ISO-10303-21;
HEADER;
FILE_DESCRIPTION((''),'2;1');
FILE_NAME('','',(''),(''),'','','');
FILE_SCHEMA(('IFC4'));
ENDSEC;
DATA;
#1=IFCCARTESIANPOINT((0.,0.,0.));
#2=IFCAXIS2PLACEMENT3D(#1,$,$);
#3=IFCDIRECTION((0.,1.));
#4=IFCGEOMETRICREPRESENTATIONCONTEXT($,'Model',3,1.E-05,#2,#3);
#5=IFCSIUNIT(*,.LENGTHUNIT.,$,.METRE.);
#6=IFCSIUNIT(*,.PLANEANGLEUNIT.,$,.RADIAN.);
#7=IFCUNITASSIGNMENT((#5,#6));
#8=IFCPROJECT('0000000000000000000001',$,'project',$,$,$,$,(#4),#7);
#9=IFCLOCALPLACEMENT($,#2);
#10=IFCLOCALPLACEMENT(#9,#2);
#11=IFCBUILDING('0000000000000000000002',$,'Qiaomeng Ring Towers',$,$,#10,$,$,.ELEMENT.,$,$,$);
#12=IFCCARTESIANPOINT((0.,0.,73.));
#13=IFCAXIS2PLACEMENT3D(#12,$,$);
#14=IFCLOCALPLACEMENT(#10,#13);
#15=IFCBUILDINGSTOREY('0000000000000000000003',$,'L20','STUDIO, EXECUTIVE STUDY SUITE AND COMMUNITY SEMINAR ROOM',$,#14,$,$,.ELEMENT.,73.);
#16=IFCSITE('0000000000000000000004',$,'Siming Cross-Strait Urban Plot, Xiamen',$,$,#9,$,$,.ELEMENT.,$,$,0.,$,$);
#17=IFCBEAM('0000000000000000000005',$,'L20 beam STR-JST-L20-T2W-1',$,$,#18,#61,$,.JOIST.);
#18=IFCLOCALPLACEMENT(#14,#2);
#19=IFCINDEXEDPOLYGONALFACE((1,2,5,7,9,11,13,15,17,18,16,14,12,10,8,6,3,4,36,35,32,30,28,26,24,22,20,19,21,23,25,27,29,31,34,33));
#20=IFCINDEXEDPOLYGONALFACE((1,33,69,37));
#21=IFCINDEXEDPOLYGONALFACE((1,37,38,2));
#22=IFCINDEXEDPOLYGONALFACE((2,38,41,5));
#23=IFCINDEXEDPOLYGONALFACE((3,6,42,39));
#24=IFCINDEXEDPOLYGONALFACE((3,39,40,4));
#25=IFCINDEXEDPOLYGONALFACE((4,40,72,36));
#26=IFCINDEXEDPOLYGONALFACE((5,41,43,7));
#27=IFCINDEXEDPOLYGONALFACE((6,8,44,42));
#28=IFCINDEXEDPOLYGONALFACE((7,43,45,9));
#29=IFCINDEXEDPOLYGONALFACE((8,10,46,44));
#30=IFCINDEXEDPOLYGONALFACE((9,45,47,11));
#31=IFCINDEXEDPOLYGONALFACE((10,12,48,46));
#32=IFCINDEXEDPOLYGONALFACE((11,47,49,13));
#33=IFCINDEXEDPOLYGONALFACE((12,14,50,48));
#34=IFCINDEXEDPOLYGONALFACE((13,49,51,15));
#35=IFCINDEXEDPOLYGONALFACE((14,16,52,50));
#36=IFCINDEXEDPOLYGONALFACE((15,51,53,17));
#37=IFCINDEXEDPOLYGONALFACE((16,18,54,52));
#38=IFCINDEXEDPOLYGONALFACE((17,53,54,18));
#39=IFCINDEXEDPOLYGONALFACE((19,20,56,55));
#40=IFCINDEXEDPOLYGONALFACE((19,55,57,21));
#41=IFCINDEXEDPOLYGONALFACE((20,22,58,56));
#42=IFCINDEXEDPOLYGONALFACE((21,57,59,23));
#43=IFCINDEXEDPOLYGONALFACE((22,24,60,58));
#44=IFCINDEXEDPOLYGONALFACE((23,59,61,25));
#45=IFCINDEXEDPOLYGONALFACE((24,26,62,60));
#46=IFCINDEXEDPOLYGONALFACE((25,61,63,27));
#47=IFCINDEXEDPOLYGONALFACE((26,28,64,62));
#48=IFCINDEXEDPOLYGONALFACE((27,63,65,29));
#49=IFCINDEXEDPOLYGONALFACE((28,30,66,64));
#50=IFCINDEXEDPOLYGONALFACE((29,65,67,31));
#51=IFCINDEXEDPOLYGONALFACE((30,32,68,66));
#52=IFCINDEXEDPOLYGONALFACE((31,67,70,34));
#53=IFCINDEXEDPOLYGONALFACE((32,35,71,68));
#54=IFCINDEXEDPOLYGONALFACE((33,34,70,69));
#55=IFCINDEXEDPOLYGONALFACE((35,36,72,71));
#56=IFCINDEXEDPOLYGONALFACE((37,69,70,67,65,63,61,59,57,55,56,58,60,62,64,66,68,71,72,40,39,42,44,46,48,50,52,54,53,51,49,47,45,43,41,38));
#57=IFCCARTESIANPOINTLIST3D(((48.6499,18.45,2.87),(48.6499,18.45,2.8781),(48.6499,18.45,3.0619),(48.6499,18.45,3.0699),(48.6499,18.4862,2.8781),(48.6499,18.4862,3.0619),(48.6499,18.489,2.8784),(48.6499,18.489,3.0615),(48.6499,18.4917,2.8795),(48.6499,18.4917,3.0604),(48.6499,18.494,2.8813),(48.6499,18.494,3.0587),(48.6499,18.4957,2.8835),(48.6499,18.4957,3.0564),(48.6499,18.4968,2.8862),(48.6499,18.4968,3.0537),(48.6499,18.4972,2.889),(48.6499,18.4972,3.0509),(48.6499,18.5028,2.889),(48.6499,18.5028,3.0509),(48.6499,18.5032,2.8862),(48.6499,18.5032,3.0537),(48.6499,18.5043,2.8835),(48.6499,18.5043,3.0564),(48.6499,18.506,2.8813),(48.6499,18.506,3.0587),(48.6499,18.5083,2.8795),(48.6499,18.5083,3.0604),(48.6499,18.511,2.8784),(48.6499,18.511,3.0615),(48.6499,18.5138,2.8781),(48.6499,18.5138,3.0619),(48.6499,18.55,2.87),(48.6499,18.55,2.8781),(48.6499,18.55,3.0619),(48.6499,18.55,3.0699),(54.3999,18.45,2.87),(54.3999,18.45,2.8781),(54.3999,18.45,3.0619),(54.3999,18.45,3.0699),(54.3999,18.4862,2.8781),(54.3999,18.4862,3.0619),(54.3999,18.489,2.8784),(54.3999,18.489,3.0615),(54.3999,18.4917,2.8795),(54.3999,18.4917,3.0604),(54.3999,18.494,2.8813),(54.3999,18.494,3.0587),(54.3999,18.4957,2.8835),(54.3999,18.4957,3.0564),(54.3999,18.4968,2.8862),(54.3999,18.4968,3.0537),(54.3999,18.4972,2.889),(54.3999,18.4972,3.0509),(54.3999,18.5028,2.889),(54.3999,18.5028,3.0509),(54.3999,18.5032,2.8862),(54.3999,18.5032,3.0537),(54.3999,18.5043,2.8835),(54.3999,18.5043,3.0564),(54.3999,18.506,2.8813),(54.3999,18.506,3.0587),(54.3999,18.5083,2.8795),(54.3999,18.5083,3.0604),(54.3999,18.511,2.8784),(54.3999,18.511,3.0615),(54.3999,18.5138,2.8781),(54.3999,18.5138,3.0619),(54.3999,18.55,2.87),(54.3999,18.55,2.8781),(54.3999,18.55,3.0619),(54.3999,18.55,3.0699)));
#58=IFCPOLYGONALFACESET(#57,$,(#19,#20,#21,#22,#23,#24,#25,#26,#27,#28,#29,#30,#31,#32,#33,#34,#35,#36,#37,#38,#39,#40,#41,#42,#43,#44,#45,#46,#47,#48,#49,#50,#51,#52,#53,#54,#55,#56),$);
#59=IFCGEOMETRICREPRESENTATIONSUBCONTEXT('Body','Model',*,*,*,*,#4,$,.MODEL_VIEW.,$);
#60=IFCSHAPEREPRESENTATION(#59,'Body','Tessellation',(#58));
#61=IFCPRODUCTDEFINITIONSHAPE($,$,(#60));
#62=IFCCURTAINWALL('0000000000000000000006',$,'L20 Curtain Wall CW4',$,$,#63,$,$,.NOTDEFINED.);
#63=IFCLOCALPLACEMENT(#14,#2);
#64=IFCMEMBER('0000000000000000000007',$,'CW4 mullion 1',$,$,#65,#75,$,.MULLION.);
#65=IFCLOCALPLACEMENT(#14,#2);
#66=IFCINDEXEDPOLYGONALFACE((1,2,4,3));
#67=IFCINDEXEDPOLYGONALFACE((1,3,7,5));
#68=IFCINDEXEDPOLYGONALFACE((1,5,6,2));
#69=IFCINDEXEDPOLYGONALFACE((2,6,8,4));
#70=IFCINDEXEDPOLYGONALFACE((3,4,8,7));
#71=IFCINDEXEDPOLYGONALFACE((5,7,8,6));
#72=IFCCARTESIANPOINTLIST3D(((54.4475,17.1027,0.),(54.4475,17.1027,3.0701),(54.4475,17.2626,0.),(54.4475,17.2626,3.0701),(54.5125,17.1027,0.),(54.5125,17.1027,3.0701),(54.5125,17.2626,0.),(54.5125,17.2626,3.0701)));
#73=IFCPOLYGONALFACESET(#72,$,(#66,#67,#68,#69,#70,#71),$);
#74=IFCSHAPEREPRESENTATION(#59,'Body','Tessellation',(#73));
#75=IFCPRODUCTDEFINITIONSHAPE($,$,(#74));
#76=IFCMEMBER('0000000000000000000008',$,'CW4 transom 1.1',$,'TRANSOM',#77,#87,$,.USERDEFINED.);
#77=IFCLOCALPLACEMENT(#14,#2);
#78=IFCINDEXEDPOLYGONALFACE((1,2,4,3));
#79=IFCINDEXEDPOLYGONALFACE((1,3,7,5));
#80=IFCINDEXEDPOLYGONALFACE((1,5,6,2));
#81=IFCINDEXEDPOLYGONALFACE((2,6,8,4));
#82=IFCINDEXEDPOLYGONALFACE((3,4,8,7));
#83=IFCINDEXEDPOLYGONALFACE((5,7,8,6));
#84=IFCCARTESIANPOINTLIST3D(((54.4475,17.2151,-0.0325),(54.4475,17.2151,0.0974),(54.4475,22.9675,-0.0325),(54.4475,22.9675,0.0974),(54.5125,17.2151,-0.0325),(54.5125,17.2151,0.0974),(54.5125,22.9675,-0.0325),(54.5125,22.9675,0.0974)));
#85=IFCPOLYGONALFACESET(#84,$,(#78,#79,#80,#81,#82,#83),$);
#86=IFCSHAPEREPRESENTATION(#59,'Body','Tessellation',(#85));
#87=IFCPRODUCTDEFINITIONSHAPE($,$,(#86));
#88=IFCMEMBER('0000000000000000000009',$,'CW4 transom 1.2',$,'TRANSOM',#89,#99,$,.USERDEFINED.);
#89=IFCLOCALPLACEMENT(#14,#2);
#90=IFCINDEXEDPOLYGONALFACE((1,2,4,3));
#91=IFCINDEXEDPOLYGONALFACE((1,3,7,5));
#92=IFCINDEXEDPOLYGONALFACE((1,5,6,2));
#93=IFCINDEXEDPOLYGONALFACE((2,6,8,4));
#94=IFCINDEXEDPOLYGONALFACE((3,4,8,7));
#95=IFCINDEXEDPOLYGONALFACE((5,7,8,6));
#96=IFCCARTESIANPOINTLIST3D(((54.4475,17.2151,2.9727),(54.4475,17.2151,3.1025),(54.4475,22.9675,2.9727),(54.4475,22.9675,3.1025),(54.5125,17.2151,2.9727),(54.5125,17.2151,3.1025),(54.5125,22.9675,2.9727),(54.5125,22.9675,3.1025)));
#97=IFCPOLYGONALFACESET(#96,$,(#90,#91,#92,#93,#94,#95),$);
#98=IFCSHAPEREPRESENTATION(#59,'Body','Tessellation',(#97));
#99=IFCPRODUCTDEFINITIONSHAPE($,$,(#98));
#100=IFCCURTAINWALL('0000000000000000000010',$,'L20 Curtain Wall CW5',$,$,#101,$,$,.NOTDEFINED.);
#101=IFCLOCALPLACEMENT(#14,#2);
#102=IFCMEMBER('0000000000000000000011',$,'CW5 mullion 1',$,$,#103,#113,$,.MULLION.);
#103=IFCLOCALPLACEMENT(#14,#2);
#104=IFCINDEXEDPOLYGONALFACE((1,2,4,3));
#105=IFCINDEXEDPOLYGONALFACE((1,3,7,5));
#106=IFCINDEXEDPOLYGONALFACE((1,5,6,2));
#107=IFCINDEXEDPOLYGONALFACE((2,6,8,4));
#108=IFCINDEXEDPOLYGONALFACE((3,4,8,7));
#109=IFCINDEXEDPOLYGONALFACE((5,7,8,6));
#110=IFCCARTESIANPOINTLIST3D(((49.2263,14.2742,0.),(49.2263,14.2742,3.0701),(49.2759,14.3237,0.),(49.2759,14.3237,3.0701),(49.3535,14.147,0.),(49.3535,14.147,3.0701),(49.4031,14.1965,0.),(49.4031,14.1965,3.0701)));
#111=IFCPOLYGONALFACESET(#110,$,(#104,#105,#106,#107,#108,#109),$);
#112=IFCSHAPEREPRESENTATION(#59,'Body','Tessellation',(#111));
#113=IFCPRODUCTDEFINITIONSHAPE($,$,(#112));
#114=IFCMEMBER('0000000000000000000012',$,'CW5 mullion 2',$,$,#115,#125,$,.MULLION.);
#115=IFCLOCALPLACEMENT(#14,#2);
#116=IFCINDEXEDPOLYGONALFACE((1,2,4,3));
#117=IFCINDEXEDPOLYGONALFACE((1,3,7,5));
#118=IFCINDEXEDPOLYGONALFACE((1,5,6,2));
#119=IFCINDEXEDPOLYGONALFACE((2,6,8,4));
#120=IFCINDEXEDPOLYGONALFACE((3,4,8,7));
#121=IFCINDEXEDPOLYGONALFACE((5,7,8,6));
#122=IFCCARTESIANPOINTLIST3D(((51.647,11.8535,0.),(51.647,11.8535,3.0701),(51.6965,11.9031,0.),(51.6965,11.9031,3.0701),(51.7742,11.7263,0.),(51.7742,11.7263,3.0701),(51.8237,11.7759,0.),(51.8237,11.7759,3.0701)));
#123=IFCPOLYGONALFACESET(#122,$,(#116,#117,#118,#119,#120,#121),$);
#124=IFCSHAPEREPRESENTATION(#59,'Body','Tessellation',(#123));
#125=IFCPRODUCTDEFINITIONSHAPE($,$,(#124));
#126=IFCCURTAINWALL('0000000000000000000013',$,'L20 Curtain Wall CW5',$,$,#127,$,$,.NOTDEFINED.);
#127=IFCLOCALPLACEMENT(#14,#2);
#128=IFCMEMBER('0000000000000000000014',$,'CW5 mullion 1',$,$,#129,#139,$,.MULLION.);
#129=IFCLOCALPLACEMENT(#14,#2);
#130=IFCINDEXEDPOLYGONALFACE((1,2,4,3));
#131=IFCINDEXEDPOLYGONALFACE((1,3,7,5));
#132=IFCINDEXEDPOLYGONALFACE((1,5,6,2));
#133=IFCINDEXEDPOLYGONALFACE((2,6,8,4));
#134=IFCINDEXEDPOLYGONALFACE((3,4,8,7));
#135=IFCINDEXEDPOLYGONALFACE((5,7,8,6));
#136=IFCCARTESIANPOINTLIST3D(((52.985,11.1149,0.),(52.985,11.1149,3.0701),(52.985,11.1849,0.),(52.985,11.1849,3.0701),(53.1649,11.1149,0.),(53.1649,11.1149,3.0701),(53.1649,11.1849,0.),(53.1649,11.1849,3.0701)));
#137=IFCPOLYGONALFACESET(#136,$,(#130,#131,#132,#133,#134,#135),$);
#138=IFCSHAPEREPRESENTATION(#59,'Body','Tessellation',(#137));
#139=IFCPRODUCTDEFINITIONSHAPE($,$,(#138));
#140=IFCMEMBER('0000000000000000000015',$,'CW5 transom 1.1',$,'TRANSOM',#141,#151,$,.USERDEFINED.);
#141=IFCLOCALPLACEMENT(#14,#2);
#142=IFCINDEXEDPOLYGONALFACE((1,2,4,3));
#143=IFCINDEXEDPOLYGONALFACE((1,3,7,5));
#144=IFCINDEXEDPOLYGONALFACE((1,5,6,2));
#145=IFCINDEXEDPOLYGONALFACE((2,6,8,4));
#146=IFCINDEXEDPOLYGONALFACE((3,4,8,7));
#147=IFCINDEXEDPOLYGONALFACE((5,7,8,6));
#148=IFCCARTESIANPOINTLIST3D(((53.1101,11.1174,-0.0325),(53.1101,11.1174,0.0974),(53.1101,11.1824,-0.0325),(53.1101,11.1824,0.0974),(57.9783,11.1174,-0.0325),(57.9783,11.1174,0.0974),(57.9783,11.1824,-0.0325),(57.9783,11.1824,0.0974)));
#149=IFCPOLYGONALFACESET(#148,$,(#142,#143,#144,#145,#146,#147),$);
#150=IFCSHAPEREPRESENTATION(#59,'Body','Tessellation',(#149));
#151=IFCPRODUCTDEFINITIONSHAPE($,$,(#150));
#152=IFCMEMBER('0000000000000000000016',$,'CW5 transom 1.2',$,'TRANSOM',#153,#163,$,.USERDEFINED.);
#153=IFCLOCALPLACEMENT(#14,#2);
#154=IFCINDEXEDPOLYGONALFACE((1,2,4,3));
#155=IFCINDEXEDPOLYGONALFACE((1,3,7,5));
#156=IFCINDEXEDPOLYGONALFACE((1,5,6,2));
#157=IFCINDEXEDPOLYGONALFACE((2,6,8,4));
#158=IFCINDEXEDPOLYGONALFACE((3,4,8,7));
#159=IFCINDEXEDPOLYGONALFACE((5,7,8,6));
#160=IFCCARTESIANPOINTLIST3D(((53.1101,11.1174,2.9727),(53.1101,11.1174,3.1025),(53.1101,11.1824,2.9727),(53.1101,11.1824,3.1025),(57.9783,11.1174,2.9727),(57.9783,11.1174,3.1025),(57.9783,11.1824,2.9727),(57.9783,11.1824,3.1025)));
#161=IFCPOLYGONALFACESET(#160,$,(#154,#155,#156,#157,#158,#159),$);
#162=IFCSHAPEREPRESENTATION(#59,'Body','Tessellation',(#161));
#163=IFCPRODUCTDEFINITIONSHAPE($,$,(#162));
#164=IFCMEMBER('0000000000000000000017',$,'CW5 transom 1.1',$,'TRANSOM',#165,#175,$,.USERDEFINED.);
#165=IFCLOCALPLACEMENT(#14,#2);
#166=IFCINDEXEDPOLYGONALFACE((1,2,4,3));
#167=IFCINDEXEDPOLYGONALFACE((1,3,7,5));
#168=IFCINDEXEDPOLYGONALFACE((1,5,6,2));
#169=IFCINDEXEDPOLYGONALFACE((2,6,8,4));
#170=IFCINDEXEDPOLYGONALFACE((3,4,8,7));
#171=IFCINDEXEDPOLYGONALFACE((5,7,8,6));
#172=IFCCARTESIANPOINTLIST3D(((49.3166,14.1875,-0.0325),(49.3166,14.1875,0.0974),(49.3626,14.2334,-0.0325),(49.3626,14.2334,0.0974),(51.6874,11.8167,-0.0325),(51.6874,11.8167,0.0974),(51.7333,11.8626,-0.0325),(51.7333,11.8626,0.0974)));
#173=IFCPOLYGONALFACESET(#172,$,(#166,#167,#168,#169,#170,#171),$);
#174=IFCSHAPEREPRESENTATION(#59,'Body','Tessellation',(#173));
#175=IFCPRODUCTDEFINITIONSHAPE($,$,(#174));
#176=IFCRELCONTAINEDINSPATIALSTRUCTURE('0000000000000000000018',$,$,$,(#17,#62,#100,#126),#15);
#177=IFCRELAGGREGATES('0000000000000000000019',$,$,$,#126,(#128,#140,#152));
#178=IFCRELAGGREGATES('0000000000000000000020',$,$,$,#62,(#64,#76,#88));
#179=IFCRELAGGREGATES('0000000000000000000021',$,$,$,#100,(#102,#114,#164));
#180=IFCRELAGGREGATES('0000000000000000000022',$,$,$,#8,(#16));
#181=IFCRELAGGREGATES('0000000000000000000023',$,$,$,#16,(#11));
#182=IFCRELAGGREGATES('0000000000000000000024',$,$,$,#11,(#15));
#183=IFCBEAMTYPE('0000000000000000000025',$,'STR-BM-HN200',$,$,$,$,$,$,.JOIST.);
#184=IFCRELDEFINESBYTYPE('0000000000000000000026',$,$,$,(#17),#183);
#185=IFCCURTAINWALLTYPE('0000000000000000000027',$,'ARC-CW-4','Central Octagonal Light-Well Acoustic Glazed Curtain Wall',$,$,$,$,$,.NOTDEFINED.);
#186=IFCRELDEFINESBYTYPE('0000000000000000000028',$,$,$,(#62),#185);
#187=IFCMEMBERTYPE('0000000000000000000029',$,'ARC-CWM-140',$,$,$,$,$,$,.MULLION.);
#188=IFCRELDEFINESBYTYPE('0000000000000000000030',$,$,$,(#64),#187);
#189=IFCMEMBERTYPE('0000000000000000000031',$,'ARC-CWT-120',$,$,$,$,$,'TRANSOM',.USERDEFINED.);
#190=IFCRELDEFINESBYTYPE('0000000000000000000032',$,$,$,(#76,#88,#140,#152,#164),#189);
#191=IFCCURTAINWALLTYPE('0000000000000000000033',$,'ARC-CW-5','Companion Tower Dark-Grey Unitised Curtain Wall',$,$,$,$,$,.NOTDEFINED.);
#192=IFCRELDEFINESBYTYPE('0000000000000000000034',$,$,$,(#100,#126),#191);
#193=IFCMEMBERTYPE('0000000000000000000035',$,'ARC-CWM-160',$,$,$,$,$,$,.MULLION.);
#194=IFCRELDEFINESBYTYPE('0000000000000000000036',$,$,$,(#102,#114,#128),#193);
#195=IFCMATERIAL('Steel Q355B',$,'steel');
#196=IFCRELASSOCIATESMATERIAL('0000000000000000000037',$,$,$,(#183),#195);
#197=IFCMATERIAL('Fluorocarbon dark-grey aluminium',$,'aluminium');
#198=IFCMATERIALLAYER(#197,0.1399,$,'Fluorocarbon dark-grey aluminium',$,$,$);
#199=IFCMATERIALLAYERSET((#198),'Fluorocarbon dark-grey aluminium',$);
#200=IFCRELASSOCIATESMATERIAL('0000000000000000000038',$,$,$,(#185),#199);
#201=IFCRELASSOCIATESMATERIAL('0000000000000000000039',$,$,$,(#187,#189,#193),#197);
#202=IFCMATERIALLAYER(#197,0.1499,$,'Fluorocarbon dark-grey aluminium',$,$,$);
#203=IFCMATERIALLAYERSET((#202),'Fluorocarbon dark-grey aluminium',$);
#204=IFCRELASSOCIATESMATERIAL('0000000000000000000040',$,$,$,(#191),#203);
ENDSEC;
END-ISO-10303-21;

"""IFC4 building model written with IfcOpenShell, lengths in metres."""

from ifc_helpers import new_model, si_unit, direction, frame, origin, origin_2d, place, context, subcontext, project, spatial, rectangle, i_section, extrude, source, transform, mapped, material, layer, layer_set, material_profile, profile_set, type_object, element, aggregate, save


model = new_model("IFC4")

# Units and contexts
model_context = context("Model", 3, precision=1e-05, world=origin(), true_north=direction((0.0, 1.0)))
body_context = subcontext(model_context, "Body", "Model", "MODEL_VIEW")
ifc_project = project(units=[si_unit("LENGTHUNIT", "METRE"), si_unit("PLANEANGLEUNIT", "RADIAN")], contexts=[model_context])

# Site, building, storey
site_placement = place(None, origin())
site = spatial("IfcSite", under=ifc_project, at=site_placement, Name="Siming Cross-Strait Urban Plot, Xiamen", CompositionType="ELEMENT", RefElevation=0.0)
building_placement = place(site_placement, origin())
building = spatial("IfcBuilding", under=site, at=building_placement, Name="Qiaomeng Ring Towers", CompositionType="ELEMENT")
storey_placement = place(building_placement, frame((0.0, 0.0, 73.0)))
storey = spatial("IfcBuildingStorey", under=building, at=storey_placement, Name="L20", Description="STUDIO, EXECUTIVE STUDY SUITE AND COMMUNITY SEMINAR ROOM", CompositionType="ELEMENT", Elevation=73.0)

# Beam
ifc_material_1 = material(Name="Steel Q355B", Category="steel")
ifc_material_profile_1 = material_profile(ifc_material_1, i_section(OverallWidth=0.1001, OverallDepth=0.2, WebThickness=0.0056, FlangeThickness=0.0081, FilletRadius=0.011, at=origin_2d()), Name="HN 200x100x5.5x8")
ifc_profile_set_1 = profile_set([ifc_material_profile_1], Name="Steel Q355B")
beam_type_1 = type_object("IfcBeamType", Name="STR-BM-HN200", PredefinedType="JOIST", material=ifc_profile_set_1)
shared_shape_1 = source(origin(), body_context, "Body", "SweptSolid", [
    extrude(i_section(OverallWidth=0.1001, OverallDepth=0.2, WebThickness=0.0056, FlangeThickness=0.0081, FilletRadius=0.011, at=origin_2d()), origin(), (0.0, 0.0, 1.0), 5.75),
])
beam_1_placement = place(storey_placement, frame((48.6499, 18.5, 2.97), z_axis=(1.0, 0.0, 0.0), x_axis=(0.0, 1.0, 0.0)))
element("IfcBeam", 1, at=beam_1_placement, inside=storey, type_object=beam_type_1, Name="L20 beam STR-JST-L20-T2W-1", PredefinedType="JOIST", context=body_context, shape_type="MappedRepresentation", body=[
    mapped(shared_shape_1, transform((0.0, 0.0, 0.0), x_axis=(1.0, 0.0, 0.0), y_axis=(0.0, 1.0, 0.0), z_axis=(0.0, 0.0, 1.0), scale=1.0)),
])

# Curtain walls, members
ifc_material_2 = material(Name="Fluorocarbon dark-grey aluminium", Category="aluminium")
ifc_layer_1 = layer(ifc_material_2, 0.1399, Name="Fluorocarbon dark-grey aluminium")
ifc_layer_set_1 = layer_set([ifc_layer_1], Name="Fluorocarbon dark-grey aluminium")
curtain_wall_type_1 = type_object("IfcCurtainWallType", Name="ARC-CW-4", Description="Central Octagonal Light-Well Acoustic Glazed Curtain Wall", PredefinedType="NOTDEFINED", material=ifc_layer_set_1)
curtain_wall_1_placement = place(storey_placement, origin())
curtain_wall_1 = element("IfcCurtainWall", 2, at=curtain_wall_1_placement, inside=storey, type_object=curtain_wall_type_1, Name="L20 Curtain Wall CW4", PredefinedType="NOTDEFINED")
ifc_material_profile_2 = material_profile(ifc_material_2, rectangle(XDim=0.0649, YDim=0.1599, at=origin_2d()), Name="ALU MULL 65x160")
ifc_profile_set_2 = profile_set([ifc_material_profile_2], Name="Fluorocarbon dark-grey aluminium")
member_type_1 = type_object("IfcMemberType", Name="ARC-CWM-140", PredefinedType="MULLION", material=ifc_profile_set_2)
shared_shape_2 = source(origin(), body_context, "Body", "SweptSolid", [
    extrude(rectangle(XDim=0.0649, YDim=0.1599, at=origin_2d()), origin(), (0.0, 0.0, 1.0), 3.0701),
])
member_1_placement = place(storey_placement, frame((54.48, 17.1826, 0.0), z_axis=(0.0, 0.0, 1.0), x_axis=(-1.0, 0.0, 0.0)))
member_1 = element("IfcMember", 3, at=member_1_placement, type_object=member_type_1, Name="CW4 mullion 1", PredefinedType="MULLION", context=body_context, shape_type="MappedRepresentation", body=[
    mapped(shared_shape_2, transform((0.0, 0.0, 0.0), x_axis=(1.0, 0.0, 0.0), y_axis=(0.0, 1.0, 0.0), z_axis=(0.0, 0.0, 1.0), scale=1.0)),
])
ifc_material_profile_3 = material_profile(ifc_material_2, rectangle(XDim=0.0649, YDim=0.1299, at=origin_2d()), Name="ALU TRAN 65x130")
ifc_profile_set_3 = profile_set([ifc_material_profile_3], Name="Fluorocarbon dark-grey aluminium")
member_type_2 = type_object("IfcMemberType", Name="ARC-CWT-120", ElementType="TRANSOM", PredefinedType="USERDEFINED", material=ifc_profile_set_3)
shared_shape_3 = source(origin(), body_context, "Body", "SweptSolid", [
    extrude(rectangle(XDim=0.0649, YDim=0.1299, at=origin_2d()), origin(), (0.0, 0.0, 1.0), 5.7524),
])
member_2_placement = place(storey_placement, frame((54.48, 17.2151, 0.0325), z_axis=(0.0, 1.0, 0.0), x_axis=(-1.0, 0.0, 0.0)))
member_2 = element("IfcMember", 4, at=member_2_placement, type_object=member_type_2, Name="CW4 transom 1.1", ObjectType="TRANSOM", PredefinedType="USERDEFINED", context=body_context, shape_type="MappedRepresentation", body=[
    mapped(shared_shape_3, transform((0.0, 0.0, 0.0), x_axis=(1.0, 0.0, 0.0), y_axis=(0.0, 1.0, 0.0), z_axis=(0.0, 0.0, 1.0), scale=1.0)),
])
member_3_placement = place(storey_placement, frame((54.48, 17.2151, 3.0376), z_axis=(0.0, 1.0, 0.0), x_axis=(-1.0, 0.0, 0.0)))
member_3 = element("IfcMember", 5, at=member_3_placement, type_object=member_type_2, Name="CW4 transom 1.2", ObjectType="TRANSOM", PredefinedType="USERDEFINED", context=body_context, shape_type="MappedRepresentation", body=[
    mapped(shared_shape_3, transform((0.0, 0.0, 0.0), x_axis=(1.0, 0.0, 0.0), y_axis=(0.0, 1.0, 0.0), z_axis=(0.0, 0.0, 1.0), scale=1.0)),
])
ifc_layer_2 = layer(ifc_material_2, 0.1499, Name="Fluorocarbon dark-grey aluminium")
ifc_layer_set_2 = layer_set([ifc_layer_2], Name="Fluorocarbon dark-grey aluminium")
curtain_wall_type_2 = type_object("IfcCurtainWallType", Name="ARC-CW-5", Description="Companion Tower Dark-Grey Unitised Curtain Wall", PredefinedType="NOTDEFINED", material=ifc_layer_set_2)
curtain_wall_2_placement = place(storey_placement, origin())
curtain_wall_2 = element("IfcCurtainWall", 6, at=curtain_wall_2_placement, inside=storey, type_object=curtain_wall_type_2, Name="L20 Curtain Wall CW5", PredefinedType="NOTDEFINED")
ifc_material_profile_4 = material_profile(ifc_material_2, rectangle(XDim=0.0701, YDim=0.1799, at=origin_2d()), Name="ALU MULL 70x180")
ifc_profile_set_4 = profile_set([ifc_material_profile_4], Name="Fluorocarbon dark-grey aluminium")
member_type_3 = type_object("IfcMemberType", Name="ARC-CWM-160", PredefinedType="MULLION", material=ifc_profile_set_4)
shared_shape_4 = source(origin(), body_context, "Body", "SweptSolid", [
    extrude(rectangle(XDim=0.0701, YDim=0.1799, at=origin_2d()), origin(), (0.0, 0.0, 1.0), 3.0701),
])
member_4_placement = place(storey_placement, frame((49.3147, 14.2354, 0.0), z_axis=(0.0, 0.0, 1.0), x_axis=(0.707107, 0.707107, 0.0)))
member_4 = element("IfcMember", 7, at=member_4_placement, type_object=member_type_3, Name="CW5 mullion 1", PredefinedType="MULLION", context=body_context, shape_type="MappedRepresentation", body=[
    mapped(shared_shape_4, transform((0.0, 0.0, 0.0), x_axis=(1.0, 0.0, 0.0), y_axis=(0.0, 1.0, 0.0), z_axis=(0.0, 0.0, 1.0), scale=1.0)),
])
member_5_placement = place(storey_placement, frame((51.7354, 11.8147, 0.0), z_axis=(0.0, 0.0, 1.0), x_axis=(0.707107, 0.707107, 0.0)))
member_5 = element("IfcMember", 8, at=member_5_placement, type_object=member_type_3, Name="CW5 mullion 2", PredefinedType="MULLION", context=body_context, shape_type="MappedRepresentation", body=[
    mapped(shared_shape_4, transform((0.0, 0.0, 0.0), x_axis=(1.0, 0.0, 0.0), y_axis=(0.0, 1.0, 0.0), z_axis=(0.0, 0.0, 1.0), scale=1.0)),
])
curtain_wall_3_placement = place(storey_placement, origin())
curtain_wall_3 = element("IfcCurtainWall", 9, at=curtain_wall_3_placement, inside=storey, type_object=curtain_wall_type_2, Name="L20 Curtain Wall CW5", PredefinedType="NOTDEFINED")
member_6_placement = place(storey_placement, frame((53.075, 11.1499, 0.0), z_axis=(0.0, 0.0, 1.0), x_axis=(0.0, 1.0, 0.0)))
member_6 = element("IfcMember", 10, at=member_6_placement, type_object=member_type_3, Name="CW5 mullion 1", PredefinedType="MULLION", context=body_context, shape_type="MappedRepresentation", body=[
    mapped(shared_shape_4, transform((0.0, 0.0, 0.0), x_axis=(1.0, 0.0, 0.0), y_axis=(0.0, 1.0, 0.0), z_axis=(0.0, 0.0, 1.0), scale=1.0)),
])
shared_shape_5 = source(origin(), body_context, "Body", "SweptSolid", [
    extrude(rectangle(XDim=0.0649, YDim=0.1299, at=origin_2d()), origin(), (0.0, 0.0, 1.0), 4.8682),
])
member_7_placement = place(storey_placement, frame((53.1101, 11.1499, 0.0325), z_axis=(1.0, 0.0, 0.0), x_axis=(0.0, 1.0, 0.0)))
member_7 = element("IfcMember", 11, at=member_7_placement, type_object=member_type_2, Name="CW5 transom 1.1", ObjectType="TRANSOM", PredefinedType="USERDEFINED", context=body_context, shape_type="MappedRepresentation", body=[
    mapped(shared_shape_5, transform((0.0, 0.0, 0.0), x_axis=(1.0, 0.0, 0.0), y_axis=(0.0, 1.0, 0.0), z_axis=(0.0, 0.0, 1.0), scale=1.0)),
])
member_8_placement = place(storey_placement, frame((53.1101, 11.1499, 3.0376), z_axis=(1.0, 0.0, 0.0), x_axis=(0.0, 1.0, 0.0)))
member_8 = element("IfcMember", 12, at=member_8_placement, type_object=member_type_2, Name="CW5 transom 1.2", ObjectType="TRANSOM", PredefinedType="USERDEFINED", context=body_context, shape_type="MappedRepresentation", body=[
    mapped(shared_shape_5, transform((0.0, 0.0, 0.0), x_axis=(1.0, 0.0, 0.0), y_axis=(0.0, 1.0, 0.0), z_axis=(0.0, 0.0, 1.0), scale=1.0)),
])
aggregate(curtain_wall_3, [member_6, member_7, member_8])

# Member
shared_shape_6 = source(origin(), body_context, "Body", "SweptSolid", [
    extrude(rectangle(XDim=0.0649, YDim=0.1299, at=origin_2d()), origin(), (0.0, 0.0, 1.0), 3.3528),
])
member_9_placement = place(storey_placement, frame((49.3396, 14.2104, 0.0325), z_axis=(0.707107, -0.707107, 0.0), x_axis=(0.707107, 0.707107, 0.0)))
member_9 = element("IfcMember", 13, at=member_9_placement, type_object=member_type_2, Name="CW5 transom 1.1", ObjectType="TRANSOM", PredefinedType="USERDEFINED", context=body_context, shape_type="MappedRepresentation", body=[
    mapped(shared_shape_6, transform((0.0, 0.0, 0.0), x_axis=(1.0, 0.0, 0.0), y_axis=(0.0, 1.0, 0.0), z_axis=(0.0, 0.0, 1.0), scale=1.0)),
])

aggregate(curtain_wall_1, [member_1, member_2, member_3])
aggregate(curtain_wall_2, [member_4, member_5, member_9])

save(model, "model.ifc")
